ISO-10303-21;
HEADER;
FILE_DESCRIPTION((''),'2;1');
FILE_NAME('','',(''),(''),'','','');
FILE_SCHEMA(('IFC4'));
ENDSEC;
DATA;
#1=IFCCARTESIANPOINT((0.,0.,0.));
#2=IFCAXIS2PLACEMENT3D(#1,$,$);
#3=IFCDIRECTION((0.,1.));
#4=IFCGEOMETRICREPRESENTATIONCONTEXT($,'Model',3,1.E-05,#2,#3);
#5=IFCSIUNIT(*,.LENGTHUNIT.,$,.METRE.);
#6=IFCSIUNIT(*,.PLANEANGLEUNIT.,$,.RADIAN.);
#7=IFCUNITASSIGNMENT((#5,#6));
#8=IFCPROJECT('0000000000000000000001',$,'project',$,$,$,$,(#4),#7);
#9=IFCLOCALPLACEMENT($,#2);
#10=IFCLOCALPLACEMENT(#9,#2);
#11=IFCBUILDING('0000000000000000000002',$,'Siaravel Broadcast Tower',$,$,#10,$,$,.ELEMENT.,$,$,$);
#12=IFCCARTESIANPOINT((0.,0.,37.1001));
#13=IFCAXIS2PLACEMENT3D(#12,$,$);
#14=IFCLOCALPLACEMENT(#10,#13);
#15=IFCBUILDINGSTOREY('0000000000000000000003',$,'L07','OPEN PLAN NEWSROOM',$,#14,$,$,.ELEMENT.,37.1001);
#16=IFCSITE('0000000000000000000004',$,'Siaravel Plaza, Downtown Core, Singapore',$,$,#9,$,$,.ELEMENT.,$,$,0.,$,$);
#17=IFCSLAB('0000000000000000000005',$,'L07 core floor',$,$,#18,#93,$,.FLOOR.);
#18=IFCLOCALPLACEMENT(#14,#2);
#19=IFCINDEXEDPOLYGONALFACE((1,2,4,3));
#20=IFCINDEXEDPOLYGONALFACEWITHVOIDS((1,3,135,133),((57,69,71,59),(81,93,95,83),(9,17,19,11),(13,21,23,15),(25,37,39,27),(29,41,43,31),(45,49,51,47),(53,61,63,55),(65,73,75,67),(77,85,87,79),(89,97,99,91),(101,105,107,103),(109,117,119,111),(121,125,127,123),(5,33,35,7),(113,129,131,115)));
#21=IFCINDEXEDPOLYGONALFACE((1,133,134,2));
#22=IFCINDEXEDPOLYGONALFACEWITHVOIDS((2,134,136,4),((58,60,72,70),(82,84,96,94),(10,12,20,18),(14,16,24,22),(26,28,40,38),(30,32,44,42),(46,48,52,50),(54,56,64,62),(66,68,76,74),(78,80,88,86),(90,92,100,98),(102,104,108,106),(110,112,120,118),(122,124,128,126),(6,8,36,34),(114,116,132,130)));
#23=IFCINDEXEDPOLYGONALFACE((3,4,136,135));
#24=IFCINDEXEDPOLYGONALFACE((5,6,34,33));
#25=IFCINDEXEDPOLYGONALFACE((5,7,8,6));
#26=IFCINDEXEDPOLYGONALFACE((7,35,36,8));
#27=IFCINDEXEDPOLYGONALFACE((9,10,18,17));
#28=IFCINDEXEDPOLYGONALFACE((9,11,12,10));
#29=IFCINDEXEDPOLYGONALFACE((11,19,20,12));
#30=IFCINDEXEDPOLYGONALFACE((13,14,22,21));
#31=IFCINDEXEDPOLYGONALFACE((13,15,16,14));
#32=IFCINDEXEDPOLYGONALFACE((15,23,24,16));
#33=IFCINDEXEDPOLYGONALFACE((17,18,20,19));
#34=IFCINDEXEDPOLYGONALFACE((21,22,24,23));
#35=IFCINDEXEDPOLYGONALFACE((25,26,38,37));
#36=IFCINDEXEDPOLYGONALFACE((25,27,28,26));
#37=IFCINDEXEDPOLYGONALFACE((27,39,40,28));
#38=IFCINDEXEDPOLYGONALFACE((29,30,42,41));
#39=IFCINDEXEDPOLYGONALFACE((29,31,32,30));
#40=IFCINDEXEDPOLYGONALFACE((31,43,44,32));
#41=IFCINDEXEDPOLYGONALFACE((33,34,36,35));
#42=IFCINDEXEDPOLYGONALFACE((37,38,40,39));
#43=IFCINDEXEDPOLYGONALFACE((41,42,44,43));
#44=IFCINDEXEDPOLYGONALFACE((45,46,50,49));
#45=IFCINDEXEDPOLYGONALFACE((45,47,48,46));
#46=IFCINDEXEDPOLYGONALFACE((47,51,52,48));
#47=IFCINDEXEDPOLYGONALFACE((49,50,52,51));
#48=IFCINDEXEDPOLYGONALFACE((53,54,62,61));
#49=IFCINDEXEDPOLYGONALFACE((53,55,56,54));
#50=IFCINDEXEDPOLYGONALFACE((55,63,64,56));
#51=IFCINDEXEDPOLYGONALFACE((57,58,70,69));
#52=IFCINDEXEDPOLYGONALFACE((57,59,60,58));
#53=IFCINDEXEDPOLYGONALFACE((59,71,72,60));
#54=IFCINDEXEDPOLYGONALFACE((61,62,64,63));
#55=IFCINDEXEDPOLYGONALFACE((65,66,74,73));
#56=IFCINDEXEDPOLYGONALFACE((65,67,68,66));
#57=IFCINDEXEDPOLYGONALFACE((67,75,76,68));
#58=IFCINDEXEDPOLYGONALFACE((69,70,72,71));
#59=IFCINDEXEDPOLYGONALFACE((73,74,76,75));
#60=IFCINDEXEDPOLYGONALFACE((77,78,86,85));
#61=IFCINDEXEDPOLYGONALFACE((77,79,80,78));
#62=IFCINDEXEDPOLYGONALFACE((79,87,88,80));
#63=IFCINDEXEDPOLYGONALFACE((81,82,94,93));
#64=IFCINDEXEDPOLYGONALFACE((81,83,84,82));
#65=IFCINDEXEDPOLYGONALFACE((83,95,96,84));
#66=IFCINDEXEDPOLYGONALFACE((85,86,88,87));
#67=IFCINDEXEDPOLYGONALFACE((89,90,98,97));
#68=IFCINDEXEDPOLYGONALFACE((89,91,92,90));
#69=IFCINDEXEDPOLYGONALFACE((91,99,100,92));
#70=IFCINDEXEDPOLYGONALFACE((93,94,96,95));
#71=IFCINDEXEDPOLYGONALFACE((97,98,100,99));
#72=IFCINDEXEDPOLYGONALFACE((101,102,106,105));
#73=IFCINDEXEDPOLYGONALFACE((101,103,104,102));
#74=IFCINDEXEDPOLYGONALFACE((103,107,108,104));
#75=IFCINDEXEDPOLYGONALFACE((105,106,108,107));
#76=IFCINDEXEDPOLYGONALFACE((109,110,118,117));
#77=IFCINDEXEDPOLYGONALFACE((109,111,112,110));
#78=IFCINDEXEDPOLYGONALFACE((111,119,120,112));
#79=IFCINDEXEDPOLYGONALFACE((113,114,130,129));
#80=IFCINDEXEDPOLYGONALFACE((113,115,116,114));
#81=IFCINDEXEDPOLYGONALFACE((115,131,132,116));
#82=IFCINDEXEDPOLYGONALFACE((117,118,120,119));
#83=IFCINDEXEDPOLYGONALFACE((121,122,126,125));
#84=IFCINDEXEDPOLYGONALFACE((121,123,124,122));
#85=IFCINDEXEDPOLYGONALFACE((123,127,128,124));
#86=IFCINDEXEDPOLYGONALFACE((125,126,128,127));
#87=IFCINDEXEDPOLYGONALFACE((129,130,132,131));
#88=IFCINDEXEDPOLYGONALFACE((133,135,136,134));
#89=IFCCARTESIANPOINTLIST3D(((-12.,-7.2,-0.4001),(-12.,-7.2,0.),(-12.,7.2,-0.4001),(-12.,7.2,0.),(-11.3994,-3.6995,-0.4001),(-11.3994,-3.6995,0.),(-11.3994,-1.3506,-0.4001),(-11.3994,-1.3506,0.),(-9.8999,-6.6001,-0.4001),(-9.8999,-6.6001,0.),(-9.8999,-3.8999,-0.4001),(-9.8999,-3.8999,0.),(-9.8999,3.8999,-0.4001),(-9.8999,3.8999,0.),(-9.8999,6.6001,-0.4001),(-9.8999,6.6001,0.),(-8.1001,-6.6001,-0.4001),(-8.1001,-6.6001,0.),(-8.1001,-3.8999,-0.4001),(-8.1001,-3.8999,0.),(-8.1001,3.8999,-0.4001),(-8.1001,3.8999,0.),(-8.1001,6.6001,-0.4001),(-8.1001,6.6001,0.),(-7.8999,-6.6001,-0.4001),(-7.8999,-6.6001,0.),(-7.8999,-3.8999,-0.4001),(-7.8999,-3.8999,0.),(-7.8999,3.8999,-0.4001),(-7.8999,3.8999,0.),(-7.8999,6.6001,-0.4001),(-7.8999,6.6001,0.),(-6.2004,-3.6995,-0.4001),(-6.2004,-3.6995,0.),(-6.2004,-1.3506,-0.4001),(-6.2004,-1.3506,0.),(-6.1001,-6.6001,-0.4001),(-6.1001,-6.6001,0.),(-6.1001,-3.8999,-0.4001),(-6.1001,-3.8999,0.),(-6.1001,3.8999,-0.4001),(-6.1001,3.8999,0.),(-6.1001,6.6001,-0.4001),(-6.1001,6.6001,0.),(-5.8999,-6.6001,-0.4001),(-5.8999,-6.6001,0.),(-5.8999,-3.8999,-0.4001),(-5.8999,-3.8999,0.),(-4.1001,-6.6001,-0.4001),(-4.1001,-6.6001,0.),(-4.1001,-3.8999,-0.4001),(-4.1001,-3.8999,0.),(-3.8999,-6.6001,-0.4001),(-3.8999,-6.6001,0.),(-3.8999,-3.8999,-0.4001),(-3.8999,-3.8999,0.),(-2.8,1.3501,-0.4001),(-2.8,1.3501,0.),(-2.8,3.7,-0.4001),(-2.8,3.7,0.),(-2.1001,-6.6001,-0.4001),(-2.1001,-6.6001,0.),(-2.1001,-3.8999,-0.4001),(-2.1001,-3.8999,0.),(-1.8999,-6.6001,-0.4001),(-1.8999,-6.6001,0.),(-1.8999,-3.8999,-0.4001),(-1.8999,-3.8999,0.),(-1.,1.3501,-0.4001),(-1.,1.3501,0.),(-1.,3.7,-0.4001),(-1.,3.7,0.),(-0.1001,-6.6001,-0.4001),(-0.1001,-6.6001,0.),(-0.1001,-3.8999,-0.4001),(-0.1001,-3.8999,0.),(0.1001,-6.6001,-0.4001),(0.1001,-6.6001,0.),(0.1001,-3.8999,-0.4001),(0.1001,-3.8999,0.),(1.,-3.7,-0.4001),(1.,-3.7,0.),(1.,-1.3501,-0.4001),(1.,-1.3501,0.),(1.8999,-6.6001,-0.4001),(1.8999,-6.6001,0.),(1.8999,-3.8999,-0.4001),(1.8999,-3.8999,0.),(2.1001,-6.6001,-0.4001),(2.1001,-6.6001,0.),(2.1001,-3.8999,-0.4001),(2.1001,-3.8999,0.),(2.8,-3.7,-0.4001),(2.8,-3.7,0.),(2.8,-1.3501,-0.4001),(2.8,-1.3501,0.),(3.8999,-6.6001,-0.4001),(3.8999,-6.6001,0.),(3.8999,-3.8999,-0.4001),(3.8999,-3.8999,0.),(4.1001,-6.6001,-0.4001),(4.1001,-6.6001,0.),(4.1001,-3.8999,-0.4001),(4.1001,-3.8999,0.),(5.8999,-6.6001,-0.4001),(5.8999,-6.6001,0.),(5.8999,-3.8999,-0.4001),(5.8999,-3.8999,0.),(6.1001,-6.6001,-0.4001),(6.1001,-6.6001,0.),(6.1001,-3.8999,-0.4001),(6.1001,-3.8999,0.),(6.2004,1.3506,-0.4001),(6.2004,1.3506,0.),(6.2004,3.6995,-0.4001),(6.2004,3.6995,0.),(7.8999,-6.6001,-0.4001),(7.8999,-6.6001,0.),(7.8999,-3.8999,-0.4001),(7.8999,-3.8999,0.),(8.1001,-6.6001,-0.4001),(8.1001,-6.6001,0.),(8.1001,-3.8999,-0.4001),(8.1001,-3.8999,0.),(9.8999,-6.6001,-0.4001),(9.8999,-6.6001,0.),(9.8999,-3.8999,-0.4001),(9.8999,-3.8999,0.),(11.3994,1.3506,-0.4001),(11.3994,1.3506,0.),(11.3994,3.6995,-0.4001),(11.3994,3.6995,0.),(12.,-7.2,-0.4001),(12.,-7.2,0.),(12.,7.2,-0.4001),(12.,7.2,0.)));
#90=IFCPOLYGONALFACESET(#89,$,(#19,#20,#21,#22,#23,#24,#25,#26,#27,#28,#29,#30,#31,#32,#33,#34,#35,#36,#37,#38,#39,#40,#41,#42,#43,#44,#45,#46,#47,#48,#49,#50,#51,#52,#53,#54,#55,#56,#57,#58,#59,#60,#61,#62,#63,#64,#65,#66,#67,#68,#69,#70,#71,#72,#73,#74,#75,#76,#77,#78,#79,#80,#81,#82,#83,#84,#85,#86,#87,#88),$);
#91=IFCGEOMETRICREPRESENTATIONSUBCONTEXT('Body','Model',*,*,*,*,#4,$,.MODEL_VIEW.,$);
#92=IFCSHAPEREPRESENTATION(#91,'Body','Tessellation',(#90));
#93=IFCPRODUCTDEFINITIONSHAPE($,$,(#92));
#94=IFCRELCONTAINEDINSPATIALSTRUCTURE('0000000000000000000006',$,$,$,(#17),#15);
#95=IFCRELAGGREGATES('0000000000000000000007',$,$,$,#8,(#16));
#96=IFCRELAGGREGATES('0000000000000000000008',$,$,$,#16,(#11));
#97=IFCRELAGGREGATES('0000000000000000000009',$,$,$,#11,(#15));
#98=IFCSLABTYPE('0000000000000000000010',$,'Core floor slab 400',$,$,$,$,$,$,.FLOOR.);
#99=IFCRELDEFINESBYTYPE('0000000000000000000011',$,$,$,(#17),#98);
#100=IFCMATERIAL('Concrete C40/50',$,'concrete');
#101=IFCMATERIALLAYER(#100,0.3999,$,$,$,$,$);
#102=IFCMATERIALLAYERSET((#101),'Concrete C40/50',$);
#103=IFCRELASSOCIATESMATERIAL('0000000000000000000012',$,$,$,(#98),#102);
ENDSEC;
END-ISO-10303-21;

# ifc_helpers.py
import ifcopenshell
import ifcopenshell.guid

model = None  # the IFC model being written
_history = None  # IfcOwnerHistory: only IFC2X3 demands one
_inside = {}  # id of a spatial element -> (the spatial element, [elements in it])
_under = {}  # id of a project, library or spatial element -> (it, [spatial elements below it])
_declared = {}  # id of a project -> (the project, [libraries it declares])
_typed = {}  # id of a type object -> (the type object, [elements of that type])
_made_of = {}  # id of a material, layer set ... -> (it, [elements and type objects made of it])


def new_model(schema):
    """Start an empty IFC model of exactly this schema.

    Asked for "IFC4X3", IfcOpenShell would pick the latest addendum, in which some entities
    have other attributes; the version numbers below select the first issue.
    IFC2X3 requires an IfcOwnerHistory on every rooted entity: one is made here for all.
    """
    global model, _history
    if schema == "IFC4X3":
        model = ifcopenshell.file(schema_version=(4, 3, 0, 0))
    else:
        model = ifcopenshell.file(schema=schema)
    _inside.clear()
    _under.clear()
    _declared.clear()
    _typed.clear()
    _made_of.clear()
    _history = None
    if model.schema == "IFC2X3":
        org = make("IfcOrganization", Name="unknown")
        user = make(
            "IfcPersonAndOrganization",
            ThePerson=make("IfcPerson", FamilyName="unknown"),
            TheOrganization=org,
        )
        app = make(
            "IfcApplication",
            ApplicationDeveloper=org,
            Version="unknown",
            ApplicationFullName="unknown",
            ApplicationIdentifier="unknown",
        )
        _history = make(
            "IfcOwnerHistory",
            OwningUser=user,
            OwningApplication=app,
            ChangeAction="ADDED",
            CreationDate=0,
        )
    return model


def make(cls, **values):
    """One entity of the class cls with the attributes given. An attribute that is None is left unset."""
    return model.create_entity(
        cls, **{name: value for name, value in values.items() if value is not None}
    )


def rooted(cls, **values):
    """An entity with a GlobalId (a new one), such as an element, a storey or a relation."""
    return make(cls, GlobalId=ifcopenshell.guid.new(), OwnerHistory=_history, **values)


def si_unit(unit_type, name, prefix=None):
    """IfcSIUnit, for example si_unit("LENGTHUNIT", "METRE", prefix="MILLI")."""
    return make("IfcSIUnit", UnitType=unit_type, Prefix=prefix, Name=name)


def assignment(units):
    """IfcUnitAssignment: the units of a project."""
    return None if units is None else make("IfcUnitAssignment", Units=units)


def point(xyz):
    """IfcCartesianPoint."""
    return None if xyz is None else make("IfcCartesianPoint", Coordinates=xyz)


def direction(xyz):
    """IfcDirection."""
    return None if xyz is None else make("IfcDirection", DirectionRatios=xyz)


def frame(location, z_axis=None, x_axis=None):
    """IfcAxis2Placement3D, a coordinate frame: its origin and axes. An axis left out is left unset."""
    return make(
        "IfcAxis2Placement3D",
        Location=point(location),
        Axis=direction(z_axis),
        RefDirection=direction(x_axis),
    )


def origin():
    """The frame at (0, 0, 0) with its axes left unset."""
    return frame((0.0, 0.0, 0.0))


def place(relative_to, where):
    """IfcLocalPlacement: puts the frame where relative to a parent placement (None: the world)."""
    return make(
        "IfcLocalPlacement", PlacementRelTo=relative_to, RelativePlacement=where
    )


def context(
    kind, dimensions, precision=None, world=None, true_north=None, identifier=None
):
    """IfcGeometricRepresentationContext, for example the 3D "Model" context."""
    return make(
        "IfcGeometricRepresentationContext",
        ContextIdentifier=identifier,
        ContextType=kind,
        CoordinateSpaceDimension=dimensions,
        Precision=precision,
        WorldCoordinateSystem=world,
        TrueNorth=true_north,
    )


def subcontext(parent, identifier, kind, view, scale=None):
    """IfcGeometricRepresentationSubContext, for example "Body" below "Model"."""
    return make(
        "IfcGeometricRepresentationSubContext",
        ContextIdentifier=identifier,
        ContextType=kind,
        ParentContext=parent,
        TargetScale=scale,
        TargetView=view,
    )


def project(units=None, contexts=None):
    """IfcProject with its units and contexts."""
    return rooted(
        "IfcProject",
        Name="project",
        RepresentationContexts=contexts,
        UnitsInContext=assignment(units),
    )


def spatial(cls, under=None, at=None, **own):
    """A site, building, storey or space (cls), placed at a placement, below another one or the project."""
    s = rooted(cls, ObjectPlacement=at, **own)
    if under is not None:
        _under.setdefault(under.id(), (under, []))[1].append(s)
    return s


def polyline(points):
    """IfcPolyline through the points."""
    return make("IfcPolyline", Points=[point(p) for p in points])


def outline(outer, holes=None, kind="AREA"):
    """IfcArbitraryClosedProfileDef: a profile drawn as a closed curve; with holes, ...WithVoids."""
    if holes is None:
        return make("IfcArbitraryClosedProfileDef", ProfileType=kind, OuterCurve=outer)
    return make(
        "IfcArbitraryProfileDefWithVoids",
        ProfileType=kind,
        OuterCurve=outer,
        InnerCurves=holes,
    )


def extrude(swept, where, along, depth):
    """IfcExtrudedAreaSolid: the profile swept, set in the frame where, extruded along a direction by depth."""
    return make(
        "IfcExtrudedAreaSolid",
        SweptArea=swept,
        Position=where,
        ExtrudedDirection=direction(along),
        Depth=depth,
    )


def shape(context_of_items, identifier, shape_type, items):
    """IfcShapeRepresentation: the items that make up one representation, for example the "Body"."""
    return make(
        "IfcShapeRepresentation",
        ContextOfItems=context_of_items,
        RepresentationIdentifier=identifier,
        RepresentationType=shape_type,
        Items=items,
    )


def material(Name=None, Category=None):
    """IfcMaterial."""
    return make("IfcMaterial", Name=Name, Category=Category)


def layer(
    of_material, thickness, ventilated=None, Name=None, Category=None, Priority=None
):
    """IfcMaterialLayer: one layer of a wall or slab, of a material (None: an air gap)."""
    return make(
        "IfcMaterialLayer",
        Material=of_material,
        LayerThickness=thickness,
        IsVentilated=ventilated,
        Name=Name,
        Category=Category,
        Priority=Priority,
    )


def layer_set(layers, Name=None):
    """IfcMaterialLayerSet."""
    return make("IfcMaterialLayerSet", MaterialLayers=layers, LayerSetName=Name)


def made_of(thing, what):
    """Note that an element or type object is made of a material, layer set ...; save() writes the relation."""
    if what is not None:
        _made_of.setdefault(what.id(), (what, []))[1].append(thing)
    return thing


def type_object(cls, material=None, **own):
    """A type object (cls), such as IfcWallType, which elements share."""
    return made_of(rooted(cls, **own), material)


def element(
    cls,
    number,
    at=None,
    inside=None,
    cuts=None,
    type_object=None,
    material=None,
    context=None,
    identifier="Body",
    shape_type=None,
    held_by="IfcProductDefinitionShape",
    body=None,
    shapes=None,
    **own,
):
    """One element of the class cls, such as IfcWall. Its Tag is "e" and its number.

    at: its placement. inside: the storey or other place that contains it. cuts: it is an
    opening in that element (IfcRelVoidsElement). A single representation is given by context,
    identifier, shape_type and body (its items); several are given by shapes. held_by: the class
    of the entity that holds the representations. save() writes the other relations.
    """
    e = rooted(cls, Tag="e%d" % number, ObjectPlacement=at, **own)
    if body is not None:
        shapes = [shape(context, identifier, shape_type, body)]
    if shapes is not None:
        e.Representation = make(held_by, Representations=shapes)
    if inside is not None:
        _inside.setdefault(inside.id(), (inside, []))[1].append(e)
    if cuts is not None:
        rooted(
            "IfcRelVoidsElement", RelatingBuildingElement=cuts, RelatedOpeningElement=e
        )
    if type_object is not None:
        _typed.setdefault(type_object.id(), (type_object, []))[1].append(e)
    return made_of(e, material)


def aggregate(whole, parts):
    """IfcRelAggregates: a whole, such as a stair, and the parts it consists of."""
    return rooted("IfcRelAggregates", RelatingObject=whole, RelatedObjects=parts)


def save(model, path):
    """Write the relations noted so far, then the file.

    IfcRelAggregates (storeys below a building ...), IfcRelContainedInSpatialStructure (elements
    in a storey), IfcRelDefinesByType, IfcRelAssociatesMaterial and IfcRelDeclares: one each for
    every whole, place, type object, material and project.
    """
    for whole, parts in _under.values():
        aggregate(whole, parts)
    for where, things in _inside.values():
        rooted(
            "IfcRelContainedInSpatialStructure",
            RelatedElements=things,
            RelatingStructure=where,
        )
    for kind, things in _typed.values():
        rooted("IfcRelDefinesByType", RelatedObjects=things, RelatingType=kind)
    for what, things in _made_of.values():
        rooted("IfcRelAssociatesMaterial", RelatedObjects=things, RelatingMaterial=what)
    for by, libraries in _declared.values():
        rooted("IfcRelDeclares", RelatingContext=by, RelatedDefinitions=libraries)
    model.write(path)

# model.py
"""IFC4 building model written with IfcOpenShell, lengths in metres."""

from ifc_helpers import new_model, si_unit, direction, frame, origin, place, context, subcontext, project, spatial, polyline, outline, extrude, material, layer, layer_set, type_object, element, save


model = new_model("IFC4")

# Units and contexts
model_context = context("Model", 3, precision=1e-05, world=origin(), true_north=direction((0.0, 1.0)))
body_context = subcontext(model_context, "Body", "Model", "MODEL_VIEW")
ifc_project = project(units=[si_unit("LENGTHUNIT", "METRE"), si_unit("PLANEANGLEUNIT", "RADIAN")], contexts=[model_context])

# Site, building, storey
site_placement = place(None, origin())
site = spatial("IfcSite", under=ifc_project, at=site_placement, Name="Siaravel Plaza, Downtown Core, Singapore", CompositionType="ELEMENT", RefElevation=0.0)
building_placement = place(site_placement, origin())
building = spatial("IfcBuilding", under=site, at=building_placement, Name="Siaravel Broadcast Tower", CompositionType="ELEMENT")
storey_placement = place(building_placement, frame((0.0, 0.0, 37.1001)))
storey = spatial("IfcBuildingStorey", under=building, at=storey_placement, Name="L07", Description="OPEN PLAN NEWSROOM", CompositionType="ELEMENT", Elevation=37.1001)

# Slab
ifc_material_1 = material(Name="Concrete C40/50", Category="concrete")
ifc_layer_1 = layer(ifc_material_1, 0.3999)
ifc_layer_set_1 = layer_set([ifc_layer_1], Name="Concrete C40/50")
slab_type_1 = type_object("IfcSlabType", Name="Core floor slab 400", PredefinedType="FLOOR", material=ifc_layer_set_1)
slab_1_placement = place(storey_placement, frame((0.0, 0.0, -0.4001)))
element("IfcSlab", 1, at=slab_1_placement, inside=storey, type_object=slab_type_1, Name="L07 core floor", PredefinedType="FLOOR", context=body_context, shape_type="SweptSolid", body=[
    extrude(outline(polyline([(-12.0, -7.2), (-12.0, 7.2), (12.0, 7.2), (12.0, -7.2), (-12.0, -7.2)]), holes=[polyline([(11.3994, 1.3506), (11.3994, 3.6995), (6.2004, 3.6995), (6.2004, 1.3506), (11.3994, 1.3506)]), polyline([(9.8999, -3.8999), (8.1001, -3.8999), (8.1001, -6.6001), (9.8999, -6.6001), (9.8999, -3.8999)]), polyline([(7.8999, -3.8999), (6.1001, -3.8999), (6.1001, -6.6001), (7.8999, -6.6001), (7.8999, -3.8999)]), polyline([(5.8999, -3.8999), (4.1001, -3.8999), (4.1001, -6.6001), (5.8999, -6.6001), (5.8999, -3.8999)]), polyline([(3.8999, -3.8999), (2.1001, -3.8999), (2.1001, -6.6001), (3.8999, -6.6001), (3.8999, -3.8999)]), polyline([(2.8, -1.3501), (1.0, -1.3501), (1.0, -3.7), (2.8, -3.7), (2.8, -1.3501)]), polyline([(1.8999, -3.8999), (0.1001, -3.8999), (0.1001, -6.6001), (1.8999, -6.6001), (1.8999, -3.8999)]), polyline([(-0.1001, -3.8999), (-1.8999, -3.8999), (-1.8999, -6.6001), (-0.1001, -6.6001), (-0.1001, -3.8999)]), polyline([(-1.0, 3.7), (-2.8, 3.7), (-2.8, 1.3501), (-1.0, 1.3501), (-1.0, 3.7)]), polyline([(-2.1001, -3.8999), (-3.8999, -3.8999), (-3.8999, -6.6001), (-2.1001, -6.6001), (-2.1001, -3.8999)]), polyline([(-4.1001, -3.8999), (-5.8999, -3.8999), (-5.8999, -6.6001), (-4.1001, -6.6001), (-4.1001, -3.8999)]), polyline([(-6.1001, -3.8999), (-7.8999, -3.8999), (-7.8999, -6.6001), (-6.1001, -6.6001), (-6.1001, -3.8999)]), polyline([(-6.1001, 6.6001), (-7.8999, 6.6001), (-7.8999, 3.8999), (-6.1001, 3.8999), (-6.1001, 6.6001)]), polyline([(-11.3994, -1.3506), (-11.3994, -3.6995), (-6.2004, -3.6995), (-6.2004, -1.3506), (-11.3994, -1.3506)]), polyline([(-8.1001, -3.8999), (-9.8999, -3.8999), (-9.8999, -6.6001), (-8.1001, -6.6001), (-8.1001, -3.8999)]), polyline([(-8.1001, 6.6001), (-9.8999, 6.6001), (-9.8999, 3.8999), (-8.1001, 3.8999), (-8.1001, 6.6001)])]), origin(), (0.0, 0.0, 1.0), 0.4001),
])

save(model, "model.ifc")
